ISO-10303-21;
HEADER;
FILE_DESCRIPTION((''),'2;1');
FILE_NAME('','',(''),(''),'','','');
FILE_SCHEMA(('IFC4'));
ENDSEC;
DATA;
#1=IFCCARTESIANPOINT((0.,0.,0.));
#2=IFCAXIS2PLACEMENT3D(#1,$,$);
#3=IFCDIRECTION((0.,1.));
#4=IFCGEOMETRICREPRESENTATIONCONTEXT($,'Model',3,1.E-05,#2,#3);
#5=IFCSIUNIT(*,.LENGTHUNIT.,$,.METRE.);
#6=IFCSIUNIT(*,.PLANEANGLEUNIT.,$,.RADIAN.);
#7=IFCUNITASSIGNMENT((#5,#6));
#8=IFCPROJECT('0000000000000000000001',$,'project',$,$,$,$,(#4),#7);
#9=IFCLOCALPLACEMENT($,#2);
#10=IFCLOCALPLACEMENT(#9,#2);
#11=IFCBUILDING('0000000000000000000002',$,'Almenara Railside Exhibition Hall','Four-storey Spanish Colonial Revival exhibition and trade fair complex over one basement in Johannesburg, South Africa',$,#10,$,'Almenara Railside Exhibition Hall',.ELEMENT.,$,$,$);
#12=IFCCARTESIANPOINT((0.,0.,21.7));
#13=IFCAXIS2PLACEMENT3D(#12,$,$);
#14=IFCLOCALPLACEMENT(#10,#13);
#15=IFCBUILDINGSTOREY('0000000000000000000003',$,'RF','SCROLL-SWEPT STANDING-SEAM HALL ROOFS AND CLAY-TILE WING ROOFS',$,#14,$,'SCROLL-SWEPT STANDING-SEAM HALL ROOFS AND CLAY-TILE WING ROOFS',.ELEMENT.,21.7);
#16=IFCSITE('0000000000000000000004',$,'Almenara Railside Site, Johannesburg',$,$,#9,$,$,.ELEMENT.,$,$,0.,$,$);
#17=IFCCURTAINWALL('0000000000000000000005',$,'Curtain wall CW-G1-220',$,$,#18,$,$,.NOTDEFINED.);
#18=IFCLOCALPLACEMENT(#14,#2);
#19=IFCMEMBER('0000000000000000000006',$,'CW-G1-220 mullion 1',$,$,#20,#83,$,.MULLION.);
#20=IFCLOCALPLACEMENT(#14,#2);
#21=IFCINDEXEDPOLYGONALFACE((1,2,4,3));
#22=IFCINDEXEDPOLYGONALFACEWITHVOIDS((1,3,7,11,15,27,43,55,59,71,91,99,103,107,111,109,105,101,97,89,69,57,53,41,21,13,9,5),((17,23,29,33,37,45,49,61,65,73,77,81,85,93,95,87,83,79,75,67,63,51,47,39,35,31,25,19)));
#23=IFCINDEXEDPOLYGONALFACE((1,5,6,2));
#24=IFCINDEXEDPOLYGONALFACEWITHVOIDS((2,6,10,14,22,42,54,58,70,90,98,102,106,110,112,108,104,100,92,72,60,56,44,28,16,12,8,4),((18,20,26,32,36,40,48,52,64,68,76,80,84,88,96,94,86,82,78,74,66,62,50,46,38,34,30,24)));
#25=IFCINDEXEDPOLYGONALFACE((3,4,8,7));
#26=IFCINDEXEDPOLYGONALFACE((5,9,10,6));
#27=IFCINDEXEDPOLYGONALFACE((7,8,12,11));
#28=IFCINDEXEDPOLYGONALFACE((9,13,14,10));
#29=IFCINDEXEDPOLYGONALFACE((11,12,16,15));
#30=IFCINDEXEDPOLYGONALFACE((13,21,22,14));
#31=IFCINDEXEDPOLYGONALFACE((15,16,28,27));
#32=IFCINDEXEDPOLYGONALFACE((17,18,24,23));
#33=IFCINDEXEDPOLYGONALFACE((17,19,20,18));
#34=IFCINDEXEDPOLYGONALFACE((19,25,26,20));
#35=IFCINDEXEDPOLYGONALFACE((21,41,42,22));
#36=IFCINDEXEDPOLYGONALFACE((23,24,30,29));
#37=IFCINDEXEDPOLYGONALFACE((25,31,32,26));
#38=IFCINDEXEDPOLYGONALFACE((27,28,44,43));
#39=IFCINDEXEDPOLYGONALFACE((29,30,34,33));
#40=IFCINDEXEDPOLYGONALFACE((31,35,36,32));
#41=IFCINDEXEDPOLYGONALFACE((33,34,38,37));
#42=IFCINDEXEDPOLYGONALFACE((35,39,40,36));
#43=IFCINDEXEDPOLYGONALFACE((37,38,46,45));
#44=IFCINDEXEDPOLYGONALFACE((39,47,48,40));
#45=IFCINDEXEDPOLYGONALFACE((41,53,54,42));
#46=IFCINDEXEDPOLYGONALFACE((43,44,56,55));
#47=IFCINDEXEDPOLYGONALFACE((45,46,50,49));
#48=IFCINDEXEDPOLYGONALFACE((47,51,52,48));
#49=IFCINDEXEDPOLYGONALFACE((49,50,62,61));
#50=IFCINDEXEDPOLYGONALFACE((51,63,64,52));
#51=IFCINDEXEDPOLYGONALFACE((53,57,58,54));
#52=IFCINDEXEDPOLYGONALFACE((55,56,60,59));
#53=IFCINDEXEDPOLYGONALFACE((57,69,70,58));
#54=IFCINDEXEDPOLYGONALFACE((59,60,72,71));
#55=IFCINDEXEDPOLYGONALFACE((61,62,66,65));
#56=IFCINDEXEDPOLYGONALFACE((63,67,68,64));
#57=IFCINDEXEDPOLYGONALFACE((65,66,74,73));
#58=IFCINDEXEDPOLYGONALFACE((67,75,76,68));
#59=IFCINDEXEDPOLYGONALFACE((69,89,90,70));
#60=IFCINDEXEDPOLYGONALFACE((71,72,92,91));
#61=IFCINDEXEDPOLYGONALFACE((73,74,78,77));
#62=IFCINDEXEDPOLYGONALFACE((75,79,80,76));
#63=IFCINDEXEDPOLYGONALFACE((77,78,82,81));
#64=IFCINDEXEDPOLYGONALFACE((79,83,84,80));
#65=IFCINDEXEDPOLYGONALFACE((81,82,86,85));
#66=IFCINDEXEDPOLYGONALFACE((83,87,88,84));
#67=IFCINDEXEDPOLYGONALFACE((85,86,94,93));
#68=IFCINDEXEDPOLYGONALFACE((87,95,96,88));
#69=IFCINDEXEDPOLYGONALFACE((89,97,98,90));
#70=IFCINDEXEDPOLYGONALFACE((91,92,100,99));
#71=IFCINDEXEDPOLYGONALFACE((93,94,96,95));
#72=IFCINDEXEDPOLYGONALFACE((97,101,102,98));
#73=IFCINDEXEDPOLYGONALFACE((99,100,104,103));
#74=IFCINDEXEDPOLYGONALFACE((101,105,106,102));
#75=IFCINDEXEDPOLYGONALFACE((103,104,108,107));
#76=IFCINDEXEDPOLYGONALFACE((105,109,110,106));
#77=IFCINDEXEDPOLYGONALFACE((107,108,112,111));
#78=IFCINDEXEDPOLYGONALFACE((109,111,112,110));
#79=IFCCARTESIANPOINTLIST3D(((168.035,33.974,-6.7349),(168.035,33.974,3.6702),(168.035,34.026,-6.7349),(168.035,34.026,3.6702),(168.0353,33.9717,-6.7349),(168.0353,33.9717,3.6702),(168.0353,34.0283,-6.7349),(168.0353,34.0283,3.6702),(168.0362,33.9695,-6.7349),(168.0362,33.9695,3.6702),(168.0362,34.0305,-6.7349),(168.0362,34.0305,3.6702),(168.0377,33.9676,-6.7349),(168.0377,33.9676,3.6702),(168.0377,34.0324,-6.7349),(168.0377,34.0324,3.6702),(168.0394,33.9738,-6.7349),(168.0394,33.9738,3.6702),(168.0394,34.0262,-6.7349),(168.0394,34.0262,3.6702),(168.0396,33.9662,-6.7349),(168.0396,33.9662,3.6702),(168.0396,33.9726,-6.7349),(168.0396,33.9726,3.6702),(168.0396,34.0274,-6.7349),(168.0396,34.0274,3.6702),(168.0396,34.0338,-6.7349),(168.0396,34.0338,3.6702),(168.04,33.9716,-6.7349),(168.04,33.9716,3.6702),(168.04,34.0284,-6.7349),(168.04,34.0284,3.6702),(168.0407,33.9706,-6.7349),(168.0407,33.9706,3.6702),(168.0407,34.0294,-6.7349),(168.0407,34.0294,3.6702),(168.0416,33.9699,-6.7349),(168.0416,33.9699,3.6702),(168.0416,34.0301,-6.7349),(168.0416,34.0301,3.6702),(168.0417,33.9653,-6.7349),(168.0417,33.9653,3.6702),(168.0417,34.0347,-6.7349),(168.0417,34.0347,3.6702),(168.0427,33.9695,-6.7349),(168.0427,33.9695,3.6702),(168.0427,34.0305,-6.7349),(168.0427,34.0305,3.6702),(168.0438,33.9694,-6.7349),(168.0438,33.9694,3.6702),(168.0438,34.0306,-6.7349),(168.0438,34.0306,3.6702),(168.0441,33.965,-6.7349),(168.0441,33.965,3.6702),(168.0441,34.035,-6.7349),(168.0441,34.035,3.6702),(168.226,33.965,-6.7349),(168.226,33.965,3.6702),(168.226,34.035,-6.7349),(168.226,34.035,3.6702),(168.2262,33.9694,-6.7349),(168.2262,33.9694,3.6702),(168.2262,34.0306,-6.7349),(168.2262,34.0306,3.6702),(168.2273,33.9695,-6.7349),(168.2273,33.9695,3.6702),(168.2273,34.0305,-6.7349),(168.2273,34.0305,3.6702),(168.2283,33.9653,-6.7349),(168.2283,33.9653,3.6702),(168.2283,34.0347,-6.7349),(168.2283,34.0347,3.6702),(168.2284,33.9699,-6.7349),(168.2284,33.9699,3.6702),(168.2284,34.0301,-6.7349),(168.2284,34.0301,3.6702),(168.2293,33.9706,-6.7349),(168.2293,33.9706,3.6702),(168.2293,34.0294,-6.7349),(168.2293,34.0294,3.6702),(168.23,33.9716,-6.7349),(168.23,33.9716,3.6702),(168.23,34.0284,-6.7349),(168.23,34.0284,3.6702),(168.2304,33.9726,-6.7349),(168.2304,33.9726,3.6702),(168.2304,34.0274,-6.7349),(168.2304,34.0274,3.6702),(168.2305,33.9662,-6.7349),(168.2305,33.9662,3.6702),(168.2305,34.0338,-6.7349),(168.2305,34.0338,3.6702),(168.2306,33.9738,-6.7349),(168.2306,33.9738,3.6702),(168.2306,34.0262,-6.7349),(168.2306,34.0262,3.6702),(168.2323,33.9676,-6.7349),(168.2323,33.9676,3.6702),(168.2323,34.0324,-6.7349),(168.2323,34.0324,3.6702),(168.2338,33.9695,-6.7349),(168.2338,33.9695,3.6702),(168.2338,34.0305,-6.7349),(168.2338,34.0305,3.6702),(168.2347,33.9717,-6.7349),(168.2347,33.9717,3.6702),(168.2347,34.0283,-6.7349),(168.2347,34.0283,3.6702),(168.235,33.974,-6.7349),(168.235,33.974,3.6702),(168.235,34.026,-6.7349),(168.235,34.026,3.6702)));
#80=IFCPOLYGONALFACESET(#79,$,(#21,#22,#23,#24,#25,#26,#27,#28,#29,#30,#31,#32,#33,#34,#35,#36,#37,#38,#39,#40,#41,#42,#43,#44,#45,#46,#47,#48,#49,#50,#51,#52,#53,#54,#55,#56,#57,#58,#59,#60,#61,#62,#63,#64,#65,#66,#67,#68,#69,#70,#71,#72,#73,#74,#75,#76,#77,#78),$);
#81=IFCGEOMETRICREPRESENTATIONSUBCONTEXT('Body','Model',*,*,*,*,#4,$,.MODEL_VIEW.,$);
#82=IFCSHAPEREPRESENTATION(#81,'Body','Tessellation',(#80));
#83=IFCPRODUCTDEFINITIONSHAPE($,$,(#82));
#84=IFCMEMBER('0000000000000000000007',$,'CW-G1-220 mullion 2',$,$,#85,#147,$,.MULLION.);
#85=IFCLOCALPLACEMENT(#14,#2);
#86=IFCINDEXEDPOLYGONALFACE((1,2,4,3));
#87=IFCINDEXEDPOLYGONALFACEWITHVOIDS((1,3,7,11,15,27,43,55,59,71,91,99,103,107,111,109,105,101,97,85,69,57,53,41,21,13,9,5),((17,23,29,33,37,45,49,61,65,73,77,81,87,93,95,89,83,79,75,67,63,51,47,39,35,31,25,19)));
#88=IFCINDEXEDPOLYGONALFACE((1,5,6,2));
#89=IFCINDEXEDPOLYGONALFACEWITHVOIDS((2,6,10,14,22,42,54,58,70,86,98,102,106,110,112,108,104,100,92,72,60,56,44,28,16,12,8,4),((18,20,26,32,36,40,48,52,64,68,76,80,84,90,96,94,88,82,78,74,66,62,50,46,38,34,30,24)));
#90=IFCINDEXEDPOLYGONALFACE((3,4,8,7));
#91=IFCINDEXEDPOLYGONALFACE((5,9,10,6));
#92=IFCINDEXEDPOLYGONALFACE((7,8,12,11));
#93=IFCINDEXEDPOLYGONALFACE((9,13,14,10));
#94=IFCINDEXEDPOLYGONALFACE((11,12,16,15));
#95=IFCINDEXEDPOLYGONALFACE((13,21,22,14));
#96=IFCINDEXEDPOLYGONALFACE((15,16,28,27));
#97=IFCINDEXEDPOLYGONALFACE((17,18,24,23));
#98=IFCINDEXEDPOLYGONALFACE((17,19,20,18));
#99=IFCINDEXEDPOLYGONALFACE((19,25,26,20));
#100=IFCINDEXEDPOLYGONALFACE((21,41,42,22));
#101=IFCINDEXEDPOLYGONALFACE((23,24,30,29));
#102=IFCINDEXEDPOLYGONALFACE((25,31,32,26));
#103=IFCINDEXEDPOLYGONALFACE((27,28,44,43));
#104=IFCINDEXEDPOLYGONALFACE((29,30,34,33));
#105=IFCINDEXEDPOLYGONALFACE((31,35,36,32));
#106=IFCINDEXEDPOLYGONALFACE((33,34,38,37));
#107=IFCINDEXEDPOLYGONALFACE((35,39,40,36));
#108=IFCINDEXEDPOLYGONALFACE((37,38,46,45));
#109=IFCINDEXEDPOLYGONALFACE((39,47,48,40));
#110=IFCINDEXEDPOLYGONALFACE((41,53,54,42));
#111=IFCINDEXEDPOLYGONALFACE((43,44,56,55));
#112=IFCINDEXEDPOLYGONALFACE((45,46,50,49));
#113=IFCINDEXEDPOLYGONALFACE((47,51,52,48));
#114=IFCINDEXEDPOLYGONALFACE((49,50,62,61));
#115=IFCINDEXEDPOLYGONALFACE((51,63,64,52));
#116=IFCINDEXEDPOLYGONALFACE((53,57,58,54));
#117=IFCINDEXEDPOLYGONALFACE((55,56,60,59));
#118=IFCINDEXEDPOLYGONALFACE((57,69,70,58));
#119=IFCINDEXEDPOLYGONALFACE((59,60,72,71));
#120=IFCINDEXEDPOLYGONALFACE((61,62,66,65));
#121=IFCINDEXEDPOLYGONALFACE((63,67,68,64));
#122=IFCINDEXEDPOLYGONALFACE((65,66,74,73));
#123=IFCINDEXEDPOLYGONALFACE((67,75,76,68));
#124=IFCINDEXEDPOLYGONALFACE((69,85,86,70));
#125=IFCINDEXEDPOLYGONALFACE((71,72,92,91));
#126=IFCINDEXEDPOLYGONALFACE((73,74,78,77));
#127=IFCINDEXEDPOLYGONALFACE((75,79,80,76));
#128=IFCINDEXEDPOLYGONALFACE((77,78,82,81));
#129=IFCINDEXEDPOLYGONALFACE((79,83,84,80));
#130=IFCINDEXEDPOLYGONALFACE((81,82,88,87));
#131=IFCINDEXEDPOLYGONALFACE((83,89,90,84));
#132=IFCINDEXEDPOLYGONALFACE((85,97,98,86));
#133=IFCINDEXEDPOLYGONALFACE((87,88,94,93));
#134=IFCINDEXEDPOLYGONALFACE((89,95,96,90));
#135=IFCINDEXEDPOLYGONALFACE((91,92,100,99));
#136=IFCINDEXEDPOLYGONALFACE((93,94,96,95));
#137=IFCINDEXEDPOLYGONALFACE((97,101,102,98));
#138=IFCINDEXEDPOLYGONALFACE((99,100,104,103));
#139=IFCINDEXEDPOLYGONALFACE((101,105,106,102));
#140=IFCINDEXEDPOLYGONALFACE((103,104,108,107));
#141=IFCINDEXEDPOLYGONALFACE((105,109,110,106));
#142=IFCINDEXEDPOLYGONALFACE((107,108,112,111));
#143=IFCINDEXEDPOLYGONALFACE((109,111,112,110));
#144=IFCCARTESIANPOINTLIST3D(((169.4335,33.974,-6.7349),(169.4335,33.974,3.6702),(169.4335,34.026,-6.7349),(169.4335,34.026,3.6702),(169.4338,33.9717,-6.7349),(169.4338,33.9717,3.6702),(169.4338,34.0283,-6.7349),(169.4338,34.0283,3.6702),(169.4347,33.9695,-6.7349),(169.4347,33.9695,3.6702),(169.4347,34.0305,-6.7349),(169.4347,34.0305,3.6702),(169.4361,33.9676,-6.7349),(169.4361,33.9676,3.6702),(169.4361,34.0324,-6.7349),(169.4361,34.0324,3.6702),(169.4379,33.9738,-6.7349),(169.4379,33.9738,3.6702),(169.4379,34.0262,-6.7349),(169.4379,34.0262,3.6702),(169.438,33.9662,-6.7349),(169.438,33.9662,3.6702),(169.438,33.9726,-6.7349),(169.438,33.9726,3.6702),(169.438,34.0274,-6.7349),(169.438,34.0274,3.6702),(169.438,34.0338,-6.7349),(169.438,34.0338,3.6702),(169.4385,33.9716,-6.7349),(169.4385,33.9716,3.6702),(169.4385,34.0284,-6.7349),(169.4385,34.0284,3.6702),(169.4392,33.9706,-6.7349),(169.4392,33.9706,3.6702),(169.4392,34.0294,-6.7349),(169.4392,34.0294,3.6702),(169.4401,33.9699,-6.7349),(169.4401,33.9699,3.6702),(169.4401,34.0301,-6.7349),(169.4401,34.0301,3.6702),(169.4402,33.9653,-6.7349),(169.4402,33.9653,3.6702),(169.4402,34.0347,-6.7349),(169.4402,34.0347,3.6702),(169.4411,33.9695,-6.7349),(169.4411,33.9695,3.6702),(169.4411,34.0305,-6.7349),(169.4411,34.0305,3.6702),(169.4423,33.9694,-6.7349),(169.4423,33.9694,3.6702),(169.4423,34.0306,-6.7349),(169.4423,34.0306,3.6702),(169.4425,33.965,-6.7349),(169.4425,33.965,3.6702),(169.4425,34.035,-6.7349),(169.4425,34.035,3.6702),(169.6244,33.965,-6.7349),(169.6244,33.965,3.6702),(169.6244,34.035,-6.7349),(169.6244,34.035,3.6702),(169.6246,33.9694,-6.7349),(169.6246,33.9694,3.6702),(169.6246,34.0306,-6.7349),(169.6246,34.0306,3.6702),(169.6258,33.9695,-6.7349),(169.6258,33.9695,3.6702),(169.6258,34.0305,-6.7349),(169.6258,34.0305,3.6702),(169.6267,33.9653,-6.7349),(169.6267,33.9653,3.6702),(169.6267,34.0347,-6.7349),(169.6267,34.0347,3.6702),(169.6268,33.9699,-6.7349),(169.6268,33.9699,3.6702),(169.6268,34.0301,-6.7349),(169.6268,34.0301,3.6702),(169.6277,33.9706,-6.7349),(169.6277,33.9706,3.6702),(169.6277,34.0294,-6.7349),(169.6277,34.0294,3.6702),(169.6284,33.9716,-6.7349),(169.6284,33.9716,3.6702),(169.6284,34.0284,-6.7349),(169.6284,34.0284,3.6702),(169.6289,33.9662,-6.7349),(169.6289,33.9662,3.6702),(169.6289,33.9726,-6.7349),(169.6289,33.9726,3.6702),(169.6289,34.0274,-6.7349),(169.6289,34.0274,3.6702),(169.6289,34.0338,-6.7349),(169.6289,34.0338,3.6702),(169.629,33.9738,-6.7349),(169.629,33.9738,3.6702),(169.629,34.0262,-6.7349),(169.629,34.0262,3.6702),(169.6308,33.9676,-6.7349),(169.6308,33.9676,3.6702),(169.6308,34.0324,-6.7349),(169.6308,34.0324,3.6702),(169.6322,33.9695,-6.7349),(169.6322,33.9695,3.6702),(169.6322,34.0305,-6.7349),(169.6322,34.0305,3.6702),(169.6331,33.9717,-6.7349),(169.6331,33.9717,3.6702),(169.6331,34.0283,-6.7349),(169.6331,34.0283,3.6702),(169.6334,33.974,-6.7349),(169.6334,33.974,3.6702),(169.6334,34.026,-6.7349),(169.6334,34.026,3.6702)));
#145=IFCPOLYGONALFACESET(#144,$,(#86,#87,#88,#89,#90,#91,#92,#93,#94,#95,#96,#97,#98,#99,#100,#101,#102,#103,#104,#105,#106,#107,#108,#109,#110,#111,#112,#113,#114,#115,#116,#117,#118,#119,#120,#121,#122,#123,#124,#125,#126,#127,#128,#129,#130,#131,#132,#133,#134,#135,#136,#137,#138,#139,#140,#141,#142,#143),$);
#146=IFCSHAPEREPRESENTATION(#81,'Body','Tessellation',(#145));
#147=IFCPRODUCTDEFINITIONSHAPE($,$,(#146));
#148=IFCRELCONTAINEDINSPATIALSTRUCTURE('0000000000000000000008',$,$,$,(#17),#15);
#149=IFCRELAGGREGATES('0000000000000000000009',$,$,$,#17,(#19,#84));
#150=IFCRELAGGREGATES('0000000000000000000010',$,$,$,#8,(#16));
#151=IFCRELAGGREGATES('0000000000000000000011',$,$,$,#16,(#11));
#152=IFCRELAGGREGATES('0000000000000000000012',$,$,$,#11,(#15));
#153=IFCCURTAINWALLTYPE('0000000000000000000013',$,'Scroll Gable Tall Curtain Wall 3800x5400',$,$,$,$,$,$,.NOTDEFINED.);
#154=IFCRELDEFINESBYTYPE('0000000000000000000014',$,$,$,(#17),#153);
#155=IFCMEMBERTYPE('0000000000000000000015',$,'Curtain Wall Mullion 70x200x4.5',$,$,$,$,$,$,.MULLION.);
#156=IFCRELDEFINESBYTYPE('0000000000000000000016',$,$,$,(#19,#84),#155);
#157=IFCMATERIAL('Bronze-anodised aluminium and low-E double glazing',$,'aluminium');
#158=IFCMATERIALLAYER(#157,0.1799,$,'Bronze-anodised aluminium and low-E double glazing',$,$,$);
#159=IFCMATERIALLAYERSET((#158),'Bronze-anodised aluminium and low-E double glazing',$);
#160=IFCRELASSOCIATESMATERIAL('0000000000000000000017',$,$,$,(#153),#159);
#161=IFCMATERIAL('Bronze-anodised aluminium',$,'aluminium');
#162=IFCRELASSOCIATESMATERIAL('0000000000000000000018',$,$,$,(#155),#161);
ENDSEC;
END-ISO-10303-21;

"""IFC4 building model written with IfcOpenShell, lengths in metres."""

from ifc_helpers import new_model, si_unit, direction, frame, origin, origin_2d, place, context, subcontext, project, spatial, hollow_rectangle, extrude, material, layer, layer_set, material_profile, profile_set, type_object, element, aggregate, save


model = new_model("IFC4")

# Units and contexts
model_context = context("Model", 3, precision=1e-05, world=origin(), true_north=direction((0.0, 1.0)))
body_context = subcontext(model_context, "Body", "Model", "MODEL_VIEW")
ifc_project = project(units=[si_unit("LENGTHUNIT", "METRE"), si_unit("PLANEANGLEUNIT", "RADIAN")], contexts=[model_context])

# Site, building, storey
site_placement = place(None, origin())
site = spatial("IfcSite", under=ifc_project, at=site_placement, Name="Almenara Railside Site, Johannesburg", CompositionType="ELEMENT", RefElevation=0.0)
building_placement = place(site_placement, origin())
building = spatial("IfcBuilding", under=site, at=building_placement, Name="Almenara Railside Exhibition Hall", Description="Four-storey Spanish Colonial Revival exhibition and trade fair complex over one basement in Johannesburg, South Africa", LongName="Almenara Railside Exhibition Hall", CompositionType="ELEMENT")
storey_placement = place(building_placement, frame((0.0, 0.0, 21.7)))
storey = spatial("IfcBuildingStorey", under=building, at=storey_placement, Name="RF", Description="SCROLL-SWEPT STANDING-SEAM HALL ROOFS AND CLAY-TILE WING ROOFS", LongName="SCROLL-SWEPT STANDING-SEAM HALL ROOFS AND CLAY-TILE WING ROOFS", CompositionType="ELEMENT", Elevation=21.7)

# Curtain wall, members
ifc_material_1 = material(Name="Bronze-anodised aluminium and low-E double glazing", Category="aluminium")
ifc_layer_1 = layer(ifc_material_1, 0.1799, Name="Bronze-anodised aluminium and low-E double glazing")
ifc_layer_set_1 = layer_set([ifc_layer_1], Name="Bronze-anodised aluminium and low-E double glazing")
curtain_wall_type = type_object("IfcCurtainWallType", Name="Scroll Gable Tall Curtain Wall 3800x5400", PredefinedType="NOTDEFINED", material=ifc_layer_set_1)
ifc_material_2 = material(Name="Bronze-anodised aluminium", Category="aluminium")
curtain_wall_1_placement = place(storey_placement, origin())
curtain_wall_1 = element("IfcCurtainWall", 1, at=curtain_wall_1_placement, inside=storey, type_object=curtain_wall_type, Name="Curtain wall CW-G1-220", PredefinedType="NOTDEFINED")
ifc_material_profile_1 = material_profile(ifc_material_2, hollow_rectangle(XDim=0.0701, YDim=0.2, WallThickness=0.0044, InnerFilletRadius=0.0044, OuterFilletRadius=0.009, at=origin_2d()), Name="ALU-MUL 70x200x4.5")
ifc_profile_set_1 = profile_set([ifc_material_profile_1], Name="Bronze-anodised aluminium")
member_type_1 = type_object("IfcMemberType", Name="Curtain Wall Mullion 70x200x4.5", PredefinedType="MULLION", material=ifc_profile_set_1)
member_1_placement = place(storey_placement, frame((168.135, 34.0, -6.7349), z_axis=(0.0, 0.0, 1.0), x_axis=(0.0, 1.0, 0.0)))
member_1 = element("IfcMember", 2, at=member_1_placement, type_object=member_type_1, Name="CW-G1-220 mullion 1", PredefinedType="MULLION", context=body_context, shape_type="SweptSolid", body=[
    extrude(hollow_rectangle(XDim=0.0701, YDim=0.2, WallThickness=0.0044, InnerFilletRadius=0.0044, OuterFilletRadius=0.009, at=origin_2d()), origin(), (0.0, 0.0, 1.0), 10.405),
])
member_2_placement = place(storey_placement, frame((169.5334, 34.0, -6.7349), z_axis=(0.0, 0.0, 1.0), x_axis=(0.0, 1.0, 0.0)))
member_2 = element("IfcMember", 3, at=member_2_placement, type_object=member_type_1, Name="CW-G1-220 mullion 2", PredefinedType="MULLION", context=body_context, shape_type="SweptSolid", body=[
    extrude(hollow_rectangle(XDim=0.0701, YDim=0.2, WallThickness=0.0044, InnerFilletRadius=0.0044, OuterFilletRadius=0.009, at=origin_2d()), origin(), (0.0, 0.0, 1.0), 10.405),
])

aggregate(curtain_wall_1, [member_1, member_2])

save(model, "model.ifc")
